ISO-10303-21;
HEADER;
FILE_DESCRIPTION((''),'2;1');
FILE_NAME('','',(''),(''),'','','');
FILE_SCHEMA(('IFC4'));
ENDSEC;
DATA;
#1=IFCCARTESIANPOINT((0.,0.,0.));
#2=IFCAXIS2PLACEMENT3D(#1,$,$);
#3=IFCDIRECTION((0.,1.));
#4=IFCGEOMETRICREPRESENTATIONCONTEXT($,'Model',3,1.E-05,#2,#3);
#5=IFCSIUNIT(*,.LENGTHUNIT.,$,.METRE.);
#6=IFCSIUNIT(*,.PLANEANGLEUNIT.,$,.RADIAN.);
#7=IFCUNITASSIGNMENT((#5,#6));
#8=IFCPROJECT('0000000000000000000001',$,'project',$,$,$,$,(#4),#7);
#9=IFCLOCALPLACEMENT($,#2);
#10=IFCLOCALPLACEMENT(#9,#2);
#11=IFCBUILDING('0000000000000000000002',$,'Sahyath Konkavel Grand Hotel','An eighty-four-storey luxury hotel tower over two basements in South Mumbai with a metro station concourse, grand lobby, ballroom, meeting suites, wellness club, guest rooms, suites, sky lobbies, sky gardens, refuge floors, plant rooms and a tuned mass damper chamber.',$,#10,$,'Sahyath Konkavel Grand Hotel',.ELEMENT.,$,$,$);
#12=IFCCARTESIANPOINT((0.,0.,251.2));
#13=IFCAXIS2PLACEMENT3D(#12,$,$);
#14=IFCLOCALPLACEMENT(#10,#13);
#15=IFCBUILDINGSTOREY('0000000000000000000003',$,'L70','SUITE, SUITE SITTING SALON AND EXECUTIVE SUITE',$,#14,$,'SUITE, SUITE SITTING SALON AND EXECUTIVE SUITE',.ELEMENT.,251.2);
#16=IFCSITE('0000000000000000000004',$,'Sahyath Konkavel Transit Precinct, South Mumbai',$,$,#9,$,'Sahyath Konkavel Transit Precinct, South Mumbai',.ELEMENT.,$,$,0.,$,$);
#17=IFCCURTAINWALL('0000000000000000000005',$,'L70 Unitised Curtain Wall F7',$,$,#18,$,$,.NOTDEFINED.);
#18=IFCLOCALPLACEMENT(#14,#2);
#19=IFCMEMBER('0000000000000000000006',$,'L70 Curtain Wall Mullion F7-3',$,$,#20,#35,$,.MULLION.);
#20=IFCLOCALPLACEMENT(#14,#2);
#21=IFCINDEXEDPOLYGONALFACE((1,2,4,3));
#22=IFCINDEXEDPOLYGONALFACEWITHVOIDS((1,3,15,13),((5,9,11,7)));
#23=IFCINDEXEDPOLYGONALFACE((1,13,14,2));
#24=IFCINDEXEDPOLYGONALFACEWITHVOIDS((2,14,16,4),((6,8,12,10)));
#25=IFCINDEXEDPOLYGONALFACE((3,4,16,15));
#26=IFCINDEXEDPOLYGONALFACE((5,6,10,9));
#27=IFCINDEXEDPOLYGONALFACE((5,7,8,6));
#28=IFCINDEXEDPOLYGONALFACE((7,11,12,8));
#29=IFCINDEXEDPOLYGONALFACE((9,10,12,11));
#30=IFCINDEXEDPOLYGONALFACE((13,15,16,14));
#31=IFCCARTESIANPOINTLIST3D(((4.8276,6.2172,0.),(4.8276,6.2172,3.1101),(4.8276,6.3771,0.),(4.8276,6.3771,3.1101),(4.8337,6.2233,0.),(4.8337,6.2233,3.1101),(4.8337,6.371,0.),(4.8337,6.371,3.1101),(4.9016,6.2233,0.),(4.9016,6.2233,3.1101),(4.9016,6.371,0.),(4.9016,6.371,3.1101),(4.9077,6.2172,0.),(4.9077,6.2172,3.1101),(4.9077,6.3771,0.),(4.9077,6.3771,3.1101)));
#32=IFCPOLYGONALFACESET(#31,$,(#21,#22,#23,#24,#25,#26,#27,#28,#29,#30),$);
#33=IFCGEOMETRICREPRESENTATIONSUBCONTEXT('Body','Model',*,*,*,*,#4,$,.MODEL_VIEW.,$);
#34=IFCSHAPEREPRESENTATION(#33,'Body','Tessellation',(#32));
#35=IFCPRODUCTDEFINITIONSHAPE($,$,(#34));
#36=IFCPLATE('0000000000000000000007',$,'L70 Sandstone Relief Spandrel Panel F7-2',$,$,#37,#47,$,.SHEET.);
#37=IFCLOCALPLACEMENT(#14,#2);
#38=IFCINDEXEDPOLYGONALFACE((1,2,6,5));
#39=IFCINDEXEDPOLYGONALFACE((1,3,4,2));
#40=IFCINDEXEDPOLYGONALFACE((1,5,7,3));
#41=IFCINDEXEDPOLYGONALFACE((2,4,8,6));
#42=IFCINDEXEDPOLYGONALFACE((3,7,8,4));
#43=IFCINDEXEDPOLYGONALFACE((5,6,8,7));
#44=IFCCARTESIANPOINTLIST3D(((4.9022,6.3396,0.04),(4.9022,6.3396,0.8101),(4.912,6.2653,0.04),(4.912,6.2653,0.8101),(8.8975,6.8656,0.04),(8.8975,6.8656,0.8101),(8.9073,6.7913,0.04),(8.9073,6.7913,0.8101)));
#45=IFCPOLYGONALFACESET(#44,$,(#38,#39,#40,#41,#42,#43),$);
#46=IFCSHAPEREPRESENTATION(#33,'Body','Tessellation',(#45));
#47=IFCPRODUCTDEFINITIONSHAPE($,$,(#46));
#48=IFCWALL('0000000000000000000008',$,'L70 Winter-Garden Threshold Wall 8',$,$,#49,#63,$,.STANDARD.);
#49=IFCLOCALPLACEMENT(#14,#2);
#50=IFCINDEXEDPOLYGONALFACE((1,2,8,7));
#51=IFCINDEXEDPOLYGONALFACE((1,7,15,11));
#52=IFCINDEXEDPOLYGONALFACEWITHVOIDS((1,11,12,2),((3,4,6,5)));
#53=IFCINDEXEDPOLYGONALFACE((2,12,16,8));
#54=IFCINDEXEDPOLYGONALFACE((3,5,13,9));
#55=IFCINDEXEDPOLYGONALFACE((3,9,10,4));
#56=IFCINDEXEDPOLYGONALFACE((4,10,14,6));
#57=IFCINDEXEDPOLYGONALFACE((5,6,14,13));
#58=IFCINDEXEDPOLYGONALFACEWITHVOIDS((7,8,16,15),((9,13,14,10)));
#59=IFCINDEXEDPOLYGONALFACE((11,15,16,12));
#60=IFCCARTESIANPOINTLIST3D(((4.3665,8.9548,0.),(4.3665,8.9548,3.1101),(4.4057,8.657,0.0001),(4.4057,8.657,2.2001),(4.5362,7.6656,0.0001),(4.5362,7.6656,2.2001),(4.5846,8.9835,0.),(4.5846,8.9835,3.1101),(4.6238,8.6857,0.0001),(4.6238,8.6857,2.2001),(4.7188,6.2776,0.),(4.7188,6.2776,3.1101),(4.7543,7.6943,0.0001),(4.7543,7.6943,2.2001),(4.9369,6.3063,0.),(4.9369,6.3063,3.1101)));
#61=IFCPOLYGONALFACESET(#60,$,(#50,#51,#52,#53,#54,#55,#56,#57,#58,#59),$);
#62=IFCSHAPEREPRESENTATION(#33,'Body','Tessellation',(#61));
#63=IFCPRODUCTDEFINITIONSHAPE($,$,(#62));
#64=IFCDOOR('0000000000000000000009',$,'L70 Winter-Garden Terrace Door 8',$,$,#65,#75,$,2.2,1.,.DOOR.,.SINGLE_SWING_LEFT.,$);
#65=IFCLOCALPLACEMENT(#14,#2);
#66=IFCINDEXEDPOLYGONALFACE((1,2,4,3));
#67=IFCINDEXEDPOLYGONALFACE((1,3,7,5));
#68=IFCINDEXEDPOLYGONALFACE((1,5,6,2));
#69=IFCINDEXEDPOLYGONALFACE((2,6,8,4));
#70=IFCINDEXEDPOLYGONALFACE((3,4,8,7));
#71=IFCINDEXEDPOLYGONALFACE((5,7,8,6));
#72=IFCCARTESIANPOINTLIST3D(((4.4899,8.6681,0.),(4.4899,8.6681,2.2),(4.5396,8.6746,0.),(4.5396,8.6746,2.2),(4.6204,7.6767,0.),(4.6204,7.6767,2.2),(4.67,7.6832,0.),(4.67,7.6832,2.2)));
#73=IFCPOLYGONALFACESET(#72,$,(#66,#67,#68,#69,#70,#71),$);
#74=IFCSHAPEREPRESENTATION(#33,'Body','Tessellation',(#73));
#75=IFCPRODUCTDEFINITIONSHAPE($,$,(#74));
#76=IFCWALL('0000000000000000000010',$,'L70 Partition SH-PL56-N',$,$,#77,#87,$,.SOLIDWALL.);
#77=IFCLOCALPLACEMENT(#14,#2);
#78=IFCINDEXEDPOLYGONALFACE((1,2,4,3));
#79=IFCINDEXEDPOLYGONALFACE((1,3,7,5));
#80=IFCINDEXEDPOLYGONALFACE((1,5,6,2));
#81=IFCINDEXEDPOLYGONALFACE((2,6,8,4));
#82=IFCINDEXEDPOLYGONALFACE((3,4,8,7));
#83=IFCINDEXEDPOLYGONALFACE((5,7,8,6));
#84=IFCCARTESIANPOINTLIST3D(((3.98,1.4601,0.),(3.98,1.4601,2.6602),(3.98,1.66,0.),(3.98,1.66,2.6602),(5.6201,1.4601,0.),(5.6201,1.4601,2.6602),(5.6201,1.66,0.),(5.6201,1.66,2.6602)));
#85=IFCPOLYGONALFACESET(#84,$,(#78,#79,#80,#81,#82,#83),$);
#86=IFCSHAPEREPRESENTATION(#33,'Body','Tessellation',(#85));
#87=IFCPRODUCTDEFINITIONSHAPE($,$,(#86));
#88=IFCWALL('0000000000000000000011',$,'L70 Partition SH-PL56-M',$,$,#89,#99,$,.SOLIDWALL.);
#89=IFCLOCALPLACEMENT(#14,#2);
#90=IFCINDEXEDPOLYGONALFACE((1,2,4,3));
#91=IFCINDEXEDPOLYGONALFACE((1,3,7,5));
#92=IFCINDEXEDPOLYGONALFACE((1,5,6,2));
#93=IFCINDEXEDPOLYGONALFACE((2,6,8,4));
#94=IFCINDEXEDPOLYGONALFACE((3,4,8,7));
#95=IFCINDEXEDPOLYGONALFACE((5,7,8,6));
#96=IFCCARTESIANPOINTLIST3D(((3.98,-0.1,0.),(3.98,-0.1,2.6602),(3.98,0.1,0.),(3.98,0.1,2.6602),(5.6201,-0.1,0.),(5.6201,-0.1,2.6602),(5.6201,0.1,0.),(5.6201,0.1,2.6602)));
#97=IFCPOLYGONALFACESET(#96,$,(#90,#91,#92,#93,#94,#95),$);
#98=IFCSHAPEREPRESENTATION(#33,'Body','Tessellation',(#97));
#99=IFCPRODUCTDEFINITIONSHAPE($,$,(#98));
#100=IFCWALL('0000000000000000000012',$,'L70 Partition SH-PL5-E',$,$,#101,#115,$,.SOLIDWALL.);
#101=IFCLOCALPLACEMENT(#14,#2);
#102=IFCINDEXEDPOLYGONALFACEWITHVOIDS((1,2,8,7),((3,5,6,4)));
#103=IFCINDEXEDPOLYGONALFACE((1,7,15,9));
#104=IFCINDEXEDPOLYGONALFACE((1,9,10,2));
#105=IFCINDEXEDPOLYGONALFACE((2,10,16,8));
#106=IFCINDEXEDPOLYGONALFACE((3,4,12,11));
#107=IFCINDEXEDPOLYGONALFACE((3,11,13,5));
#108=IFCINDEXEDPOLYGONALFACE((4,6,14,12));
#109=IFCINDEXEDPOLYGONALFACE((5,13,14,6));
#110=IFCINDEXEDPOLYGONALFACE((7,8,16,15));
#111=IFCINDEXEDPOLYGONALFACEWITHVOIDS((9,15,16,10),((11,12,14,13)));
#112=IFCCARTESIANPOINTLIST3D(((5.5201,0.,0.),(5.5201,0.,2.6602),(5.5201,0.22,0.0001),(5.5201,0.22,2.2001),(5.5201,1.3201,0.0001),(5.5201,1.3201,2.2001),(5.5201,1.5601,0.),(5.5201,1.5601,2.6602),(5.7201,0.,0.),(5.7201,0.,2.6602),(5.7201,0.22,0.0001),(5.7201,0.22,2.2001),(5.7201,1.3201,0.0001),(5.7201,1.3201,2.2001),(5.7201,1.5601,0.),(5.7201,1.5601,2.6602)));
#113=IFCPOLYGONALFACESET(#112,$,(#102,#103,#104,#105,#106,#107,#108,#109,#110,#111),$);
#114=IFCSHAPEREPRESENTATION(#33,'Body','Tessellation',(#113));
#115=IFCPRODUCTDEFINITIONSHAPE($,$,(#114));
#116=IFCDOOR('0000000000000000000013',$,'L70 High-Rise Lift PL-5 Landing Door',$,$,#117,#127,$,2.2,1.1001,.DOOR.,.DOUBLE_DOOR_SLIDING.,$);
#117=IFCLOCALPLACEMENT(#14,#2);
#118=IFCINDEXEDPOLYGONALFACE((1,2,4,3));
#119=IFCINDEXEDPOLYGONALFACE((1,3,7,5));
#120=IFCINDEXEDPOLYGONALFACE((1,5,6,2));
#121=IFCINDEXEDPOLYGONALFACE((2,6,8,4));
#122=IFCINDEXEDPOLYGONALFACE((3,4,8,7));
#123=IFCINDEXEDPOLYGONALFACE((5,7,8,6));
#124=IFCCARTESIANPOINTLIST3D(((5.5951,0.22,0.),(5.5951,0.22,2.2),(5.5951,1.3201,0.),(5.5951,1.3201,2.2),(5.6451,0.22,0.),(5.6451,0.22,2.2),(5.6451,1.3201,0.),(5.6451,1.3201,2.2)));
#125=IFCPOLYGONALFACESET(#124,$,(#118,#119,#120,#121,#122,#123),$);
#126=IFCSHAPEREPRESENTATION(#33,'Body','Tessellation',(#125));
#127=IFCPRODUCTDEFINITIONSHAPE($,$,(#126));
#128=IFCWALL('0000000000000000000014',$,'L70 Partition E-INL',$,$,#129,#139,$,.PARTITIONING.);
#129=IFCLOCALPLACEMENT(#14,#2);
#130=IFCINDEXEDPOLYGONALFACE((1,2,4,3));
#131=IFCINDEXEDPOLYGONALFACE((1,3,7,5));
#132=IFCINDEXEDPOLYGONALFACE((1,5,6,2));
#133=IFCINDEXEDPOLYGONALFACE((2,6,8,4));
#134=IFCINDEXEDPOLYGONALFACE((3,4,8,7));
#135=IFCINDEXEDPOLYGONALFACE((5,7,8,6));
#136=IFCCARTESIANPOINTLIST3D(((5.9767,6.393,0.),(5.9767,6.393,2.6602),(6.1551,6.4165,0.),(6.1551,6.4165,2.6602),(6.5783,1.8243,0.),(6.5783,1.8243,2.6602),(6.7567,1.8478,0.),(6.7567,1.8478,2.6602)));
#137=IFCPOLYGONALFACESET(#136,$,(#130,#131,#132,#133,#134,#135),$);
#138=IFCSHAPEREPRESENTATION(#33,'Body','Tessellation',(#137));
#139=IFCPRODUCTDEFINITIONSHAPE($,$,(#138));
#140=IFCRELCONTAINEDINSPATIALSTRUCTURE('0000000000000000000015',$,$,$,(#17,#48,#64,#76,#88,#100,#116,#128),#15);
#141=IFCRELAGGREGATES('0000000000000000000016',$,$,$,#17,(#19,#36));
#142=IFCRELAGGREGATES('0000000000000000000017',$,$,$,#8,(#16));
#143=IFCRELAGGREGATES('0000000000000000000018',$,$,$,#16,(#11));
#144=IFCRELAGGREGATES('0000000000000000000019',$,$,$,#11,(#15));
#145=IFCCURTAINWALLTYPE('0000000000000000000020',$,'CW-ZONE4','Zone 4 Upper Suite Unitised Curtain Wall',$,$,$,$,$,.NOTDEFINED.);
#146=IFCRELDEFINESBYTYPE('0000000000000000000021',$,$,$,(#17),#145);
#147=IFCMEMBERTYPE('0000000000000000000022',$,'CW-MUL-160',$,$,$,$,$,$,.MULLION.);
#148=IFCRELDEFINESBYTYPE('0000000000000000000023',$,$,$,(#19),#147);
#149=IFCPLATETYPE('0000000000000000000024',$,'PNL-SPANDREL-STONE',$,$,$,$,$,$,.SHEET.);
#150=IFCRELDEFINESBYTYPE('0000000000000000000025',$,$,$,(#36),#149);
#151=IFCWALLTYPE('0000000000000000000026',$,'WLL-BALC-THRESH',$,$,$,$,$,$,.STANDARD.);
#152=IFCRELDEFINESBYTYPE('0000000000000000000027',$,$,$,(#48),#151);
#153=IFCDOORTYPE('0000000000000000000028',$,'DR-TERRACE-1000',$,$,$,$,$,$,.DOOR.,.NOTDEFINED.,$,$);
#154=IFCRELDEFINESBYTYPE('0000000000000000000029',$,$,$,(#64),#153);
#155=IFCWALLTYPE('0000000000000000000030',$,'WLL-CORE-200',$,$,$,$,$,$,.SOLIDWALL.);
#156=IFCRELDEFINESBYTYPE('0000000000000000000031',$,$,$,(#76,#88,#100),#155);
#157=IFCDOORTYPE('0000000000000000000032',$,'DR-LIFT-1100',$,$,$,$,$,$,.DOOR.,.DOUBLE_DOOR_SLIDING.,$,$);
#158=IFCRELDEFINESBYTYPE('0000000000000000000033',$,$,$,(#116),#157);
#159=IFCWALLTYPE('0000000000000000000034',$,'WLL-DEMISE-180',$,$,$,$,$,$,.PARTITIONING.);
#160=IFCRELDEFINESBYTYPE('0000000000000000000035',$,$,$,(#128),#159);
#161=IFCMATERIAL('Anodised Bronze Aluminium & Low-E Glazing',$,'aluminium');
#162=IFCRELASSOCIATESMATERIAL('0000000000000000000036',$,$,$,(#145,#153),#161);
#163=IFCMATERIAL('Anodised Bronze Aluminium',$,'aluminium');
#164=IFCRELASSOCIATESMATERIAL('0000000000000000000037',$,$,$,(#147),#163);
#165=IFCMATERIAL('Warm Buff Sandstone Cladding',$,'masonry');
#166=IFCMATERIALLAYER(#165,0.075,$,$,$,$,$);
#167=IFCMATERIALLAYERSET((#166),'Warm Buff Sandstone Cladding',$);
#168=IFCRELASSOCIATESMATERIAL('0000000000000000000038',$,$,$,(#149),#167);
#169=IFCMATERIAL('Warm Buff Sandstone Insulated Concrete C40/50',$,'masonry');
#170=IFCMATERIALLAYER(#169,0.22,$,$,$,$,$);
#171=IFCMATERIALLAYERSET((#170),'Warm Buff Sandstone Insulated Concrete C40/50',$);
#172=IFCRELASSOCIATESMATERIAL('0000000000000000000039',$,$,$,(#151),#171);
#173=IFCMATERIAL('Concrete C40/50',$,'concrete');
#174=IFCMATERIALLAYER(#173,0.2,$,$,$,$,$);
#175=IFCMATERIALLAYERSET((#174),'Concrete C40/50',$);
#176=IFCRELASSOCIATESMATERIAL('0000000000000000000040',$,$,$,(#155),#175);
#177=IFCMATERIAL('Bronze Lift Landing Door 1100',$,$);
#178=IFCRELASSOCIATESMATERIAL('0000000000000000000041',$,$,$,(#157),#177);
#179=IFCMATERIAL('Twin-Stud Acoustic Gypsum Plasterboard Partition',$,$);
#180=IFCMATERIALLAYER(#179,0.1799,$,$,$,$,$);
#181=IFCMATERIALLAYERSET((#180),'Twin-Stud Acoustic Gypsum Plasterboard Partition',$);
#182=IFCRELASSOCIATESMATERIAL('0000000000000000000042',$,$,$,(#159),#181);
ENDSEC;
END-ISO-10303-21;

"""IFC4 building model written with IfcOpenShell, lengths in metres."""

from ifc_helpers import new_model, si_unit, direction, frame, frame_2d, origin, origin_2d, place, context, subcontext, project, spatial, rectangle, hollow_rectangle, extrude, source, transform, mapped, material, layer, layer_set, material_profile, profile_set, type_object, element, fill, aggregate, save


model = new_model("IFC4")

# Units and contexts
model_context = context("Model", 3, precision=1e-05, world=origin(), true_north=direction((0.0, 1.0)))
body_context = subcontext(model_context, "Body", "Model", "MODEL_VIEW")
ifc_project = project(units=[si_unit("LENGTHUNIT", "METRE"), si_unit("PLANEANGLEUNIT", "RADIAN")], contexts=[model_context])

# Site, building, storey
site_placement = place(None, origin())
site = spatial("IfcSite", under=ifc_project, at=site_placement, Name="Sahyath Konkavel Transit Precinct, South Mumbai", LongName="Sahyath Konkavel Transit Precinct, South Mumbai", CompositionType="ELEMENT", RefElevation=0.0)
building_placement = place(site_placement, origin())
building = spatial("IfcBuilding", under=site, at=building_placement, Name="Sahyath Konkavel Grand Hotel", Description="An eighty-four-storey luxury hotel tower over two basements in South Mumbai with a metro station concourse, grand lobby, ballroom, meeting suites, wellness club, guest rooms, suites, sky lobbies, sky gardens, refuge floors, plant rooms and a tuned mass damper chamber.", LongName="Sahyath Konkavel Grand Hotel", CompositionType="ELEMENT")
storey_placement = place(building_placement, frame((0.0, 0.0, 251.2)))
storey = spatial("IfcBuildingStorey", under=building, at=storey_placement, Name="L70", Description="SUITE, SUITE SITTING SALON AND EXECUTIVE SUITE", LongName="SUITE, SUITE SITTING SALON AND EXECUTIVE SUITE", CompositionType="ELEMENT", Elevation=251.2)

# Shared definitions
ifc_material_1 = material(Name="Concrete C40/50", Category="concrete")

# Curtain wall, member, plate
ifc_material_2 = material(Name="Anodised Bronze Aluminium & Low-E Glazing", Category="aluminium")
curtain_wall_type = type_object("IfcCurtainWallType", Name="CW-ZONE4", Description="Zone 4 Upper Suite Unitised Curtain Wall", PredefinedType="NOTDEFINED", material=ifc_material_2)
curtain_wall_placement = place(storey_placement, origin())
curtain_wall = element("IfcCurtainWall", 1, at=curtain_wall_placement, inside=storey, type_object=curtain_wall_type, Name="L70 Unitised Curtain Wall F7", PredefinedType="NOTDEFINED")
ifc_material_3 = material(Name="Anodised Bronze Aluminium", Category="aluminium")
ifc_material_profile_1 = material_profile(ifc_material_3, hollow_rectangle(XDim=0.0801, YDim=0.1599, WallThickness=0.0061, at=origin_2d()), Name="RHS 160x80x6")
ifc_profile_set_1 = profile_set([ifc_material_profile_1], Name="Anodised Bronze Aluminium")
member_type = type_object("IfcMemberType", Name="CW-MUL-160", PredefinedType="MULLION", material=ifc_profile_set_1)
shared_shape_1 = source(origin(), body_context, "Body", "SweptSolid", [
    extrude(hollow_rectangle(XDim=0.0801, YDim=0.1599, WallThickness=0.0061, at=origin_2d()), origin(), (0.0, 0.0, 1.0), 3.1101),
])
member_placement = place(storey_placement, frame((4.8677, 6.2971, 0.0), z_axis=(0.0, 0.0, 1.0), x_axis=(1.0, 0.0, 0.0)))
member = element("IfcMember", 2, at=member_placement, type_object=member_type, Name="L70 Curtain Wall Mullion F7-3", PredefinedType="MULLION", context=body_context, shape_type="MappedRepresentation", body=[
    mapped(shared_shape_1, transform((0.0, 0.0, 0.0), scale=1.0)),
])
ifc_material_4 = material(Name="Warm Buff Sandstone Cladding", Category="masonry")
ifc_layer_1 = layer(ifc_material_4, 0.075)
ifc_layer_set_1 = layer_set([ifc_layer_1], Name="Warm Buff Sandstone Cladding")
plate_type = type_object("IfcPlateType", Name="PNL-SPANDREL-STONE", PredefinedType="SHEET", material=ifc_layer_set_1)
shared_shape_2 = source(origin(), body_context, "Body", "SweptSolid", [
    extrude(rectangle(XDim=4.0298, YDim=0.075, at=origin_2d()), origin(), (0.0, 0.0, 1.0), 0.77),
])
plate_placement = place(storey_placement, frame((6.9048, 6.5654, 0.04), z_axis=(0.0, 0.0, 1.0), x_axis=(-0.991445, -0.130526, 0.0)))
plate = element("IfcPlate", 3, at=plate_placement, type_object=plate_type, Name="L70 Sandstone Relief Spandrel Panel F7-2", PredefinedType="SHEET", context=body_context, shape_type="MappedRepresentation", body=[
    mapped(shared_shape_2, transform((0.0, 0.0, 0.0), scale=1.0)),
])
aggregate(curtain_wall, [member, plate])

# Wall, opening, door
ifc_material_5 = material(Name="Warm Buff Sandstone Insulated Concrete C40/50", Category="masonry")
ifc_layer_2 = layer(ifc_material_5, 0.22)
ifc_layer_set_2 = layer_set([ifc_layer_2], Name="Warm Buff Sandstone Insulated Concrete C40/50")
wall_type_1 = type_object("IfcWallType", Name="WLL-BALC-THRESH", PredefinedType="STANDARD", material=ifc_layer_set_2)
wall_1_placement = place(storey_placement, frame((4.8279, 6.292, 0.0), z_axis=(0.0, 0.0, 1.0), x_axis=(-0.130476, 0.991452, 0.0)))
wall_1 = element("IfcWall", 4, at=wall_1_placement, inside=storey, type_object=wall_type_1, Name="L70 Winter-Garden Threshold Wall 8", PredefinedType="STANDARD", context=body_context, shape_type="SweptSolid", body=[
    extrude(rectangle(XDim=2.7002, YDim=0.22, at=frame_2d((1.3501, 0.0))), origin(), (0.0, 0.0, 1.0), 3.1101),
])
opening_1_placement = place(wall_1_placement, frame((1.3999, 0.0, 0.0)))
opening_1 = element("IfcOpeningElement", 5, at=opening_1_placement, cuts=wall_1, PredefinedType="OPENING", context=body_context, shape_type="SweptSolid", body=[
    extrude(rectangle(XDim=1.0, YDim=2.2, at=frame_2d((0.5, 1.1001))), frame((0.0, 0.1201, 0.0), z_axis=(0.0, -1.0, 0.0), x_axis=(1.0, 0.0, 0.0)), (0.0, 0.0, 1.0), 0.24),
])
door_type_1 = type_object("IfcDoorType", Name="DR-TERRACE-1000", OperationType="NOTDEFINED", PredefinedType="DOOR", material=ifc_material_2)
shared_shape_3 = source(origin(), body_context, "Body", "SweptSolid", [
    extrude(rectangle(XDim=1.0, YDim=0.05, at=origin_2d()), origin(), (0.0, 0.0, 1.0), 2.2),
])
door_1_placement = place(opening_1_placement, frame((0.5, 0.0, 0.0)))
door_1 = element("IfcDoor", 6, at=door_1_placement, inside=storey, type_object=door_type_1, Name="L70 Winter-Garden Terrace Door 8", OperationType="SINGLE_SWING_LEFT", OverallHeight=2.2, OverallWidth=1.0, PredefinedType="DOOR", context=body_context, shape_type="MappedRepresentation", body=[
    mapped(shared_shape_3, transform((0.0, 0.0, 0.0), scale=1.0)),
])
fill(opening_1, door_1)

# Walls
ifc_layer_3 = layer(ifc_material_1, 0.2)
ifc_layer_set_3 = layer_set([ifc_layer_3], Name="Concrete C40/50")
wall_type_2 = type_object("IfcWallType", Name="WLL-CORE-200", PredefinedType="SOLIDWALL", material=ifc_layer_set_3)
for number, where, z_axis, x_axis, name in (
    (7, (3.98, 1.5601, 0.0), (0.0, 0.0, 1.0), (1.0, 0.0, 0.0), "L70 Partition SH-PL56-N"),
    (8, (3.98, 0.0, 0.0), (0.0, 0.0, 1.0), (1.0, 0.0, 0.0), "L70 Partition SH-PL56-M"),
):
    element("IfcWall", number, at=place(storey_placement, frame(where, z_axis=z_axis, x_axis=x_axis)), inside=storey, type_object=wall_type_2, Name=name, PredefinedType="SOLIDWALL", context=body_context, shape_type="SweptSolid", body=[
        extrude(rectangle(XDim=1.6401, YDim=0.2, at=frame_2d((0.8201, 0.0))), origin(), (0.0, 0.0, 1.0), 2.6602),
    ])

# Wall, opening, door
wall_2_placement = place(storey_placement, frame((5.6201, 0.0, 0.0), z_axis=(0.0, 0.0, 1.0), x_axis=(0.0, 1.0, 0.0)))
wall_2 = element("IfcWall", 9, at=wall_2_placement, inside=storey, type_object=wall_type_2, Name="L70 Partition SH-PL5-E", PredefinedType="SOLIDWALL", context=body_context, shape_type="SweptSolid", body=[
    extrude(rectangle(XDim=1.5601, YDim=0.2, at=frame_2d((0.78, 0.0))), origin(), (0.0, 0.0, 1.0), 2.6602),
])
opening_2_placement = place(wall_2_placement, frame((0.22, 0.0, 0.0)))
opening_2 = element("IfcOpeningElement", 10, at=opening_2_placement, cuts=wall_2, PredefinedType="OPENING", context=body_context, shape_type="SweptSolid", body=[
    extrude(rectangle(XDim=1.1001, YDim=2.2, at=frame_2d((0.55, 1.1001))), frame((0.0, 0.1099, 0.0), z_axis=(0.0, -1.0, 0.0), x_axis=(1.0, 0.0, 0.0)), (0.0, 0.0, 1.0), 0.22),
])
ifc_material_6 = material(Name="Bronze Lift Landing Door 1100")
door_type_2 = type_object("IfcDoorType", Name="DR-LIFT-1100", OperationType="DOUBLE_DOOR_SLIDING", PredefinedType="DOOR", material=ifc_material_6)
shared_shape_4 = source(origin(), body_context, "Body", "SweptSolid", [
    extrude(rectangle(XDim=1.1001, YDim=0.05, at=origin_2d()), origin(), (0.0, 0.0, 1.0), 2.2),
])
door_2_placement = place(opening_2_placement, frame((0.55, 0.0, 0.0)))
door_2 = element("IfcDoor", 11, at=door_2_placement, inside=storey, type_object=door_type_2, Name="L70 High-Rise Lift PL-5 Landing Door", OperationType="DOUBLE_DOOR_SLIDING", OverallHeight=2.2, OverallWidth=1.1001, PredefinedType="DOOR", context=body_context, shape_type="MappedRepresentation", body=[
    mapped(shared_shape_4, transform((0.0, 0.0, 0.0), scale=1.0)),
])
fill(opening_2, door_2)

# Wall
ifc_material_7 = material(Name="Twin-Stud Acoustic Gypsum Plasterboard Partition")
ifc_layer_4 = layer(ifc_material_7, 0.1799)
ifc_layer_set_4 = layer_set([ifc_layer_4], Name="Twin-Stud Acoustic Gypsum Plasterboard Partition")
wall_type_3 = type_object("IfcWallType", Name="WLL-DEMISE-180", PredefinedType="PARTITIONING", material=ifc_layer_set_4)
wall_3_placement = place(storey_placement, frame((6.6675, 1.8359, 0.0), z_axis=(0.0, 0.0, 1.0), x_axis=(-0.130546, 0.991442, 0.0)))
element("IfcWall", 12, at=wall_3_placement, inside=storey, type_object=wall_type_3, Name="L70 Partition E-INL", PredefinedType="PARTITIONING", context=body_context, shape_type="SweptSolid", body=[
    extrude(rectangle(XDim=4.6082, YDim=0.1799, at=frame_2d((2.3042, 0.0))), origin(), (0.0, 0.0, 1.0), 2.6602),
])

save(model, "model.ifc")
